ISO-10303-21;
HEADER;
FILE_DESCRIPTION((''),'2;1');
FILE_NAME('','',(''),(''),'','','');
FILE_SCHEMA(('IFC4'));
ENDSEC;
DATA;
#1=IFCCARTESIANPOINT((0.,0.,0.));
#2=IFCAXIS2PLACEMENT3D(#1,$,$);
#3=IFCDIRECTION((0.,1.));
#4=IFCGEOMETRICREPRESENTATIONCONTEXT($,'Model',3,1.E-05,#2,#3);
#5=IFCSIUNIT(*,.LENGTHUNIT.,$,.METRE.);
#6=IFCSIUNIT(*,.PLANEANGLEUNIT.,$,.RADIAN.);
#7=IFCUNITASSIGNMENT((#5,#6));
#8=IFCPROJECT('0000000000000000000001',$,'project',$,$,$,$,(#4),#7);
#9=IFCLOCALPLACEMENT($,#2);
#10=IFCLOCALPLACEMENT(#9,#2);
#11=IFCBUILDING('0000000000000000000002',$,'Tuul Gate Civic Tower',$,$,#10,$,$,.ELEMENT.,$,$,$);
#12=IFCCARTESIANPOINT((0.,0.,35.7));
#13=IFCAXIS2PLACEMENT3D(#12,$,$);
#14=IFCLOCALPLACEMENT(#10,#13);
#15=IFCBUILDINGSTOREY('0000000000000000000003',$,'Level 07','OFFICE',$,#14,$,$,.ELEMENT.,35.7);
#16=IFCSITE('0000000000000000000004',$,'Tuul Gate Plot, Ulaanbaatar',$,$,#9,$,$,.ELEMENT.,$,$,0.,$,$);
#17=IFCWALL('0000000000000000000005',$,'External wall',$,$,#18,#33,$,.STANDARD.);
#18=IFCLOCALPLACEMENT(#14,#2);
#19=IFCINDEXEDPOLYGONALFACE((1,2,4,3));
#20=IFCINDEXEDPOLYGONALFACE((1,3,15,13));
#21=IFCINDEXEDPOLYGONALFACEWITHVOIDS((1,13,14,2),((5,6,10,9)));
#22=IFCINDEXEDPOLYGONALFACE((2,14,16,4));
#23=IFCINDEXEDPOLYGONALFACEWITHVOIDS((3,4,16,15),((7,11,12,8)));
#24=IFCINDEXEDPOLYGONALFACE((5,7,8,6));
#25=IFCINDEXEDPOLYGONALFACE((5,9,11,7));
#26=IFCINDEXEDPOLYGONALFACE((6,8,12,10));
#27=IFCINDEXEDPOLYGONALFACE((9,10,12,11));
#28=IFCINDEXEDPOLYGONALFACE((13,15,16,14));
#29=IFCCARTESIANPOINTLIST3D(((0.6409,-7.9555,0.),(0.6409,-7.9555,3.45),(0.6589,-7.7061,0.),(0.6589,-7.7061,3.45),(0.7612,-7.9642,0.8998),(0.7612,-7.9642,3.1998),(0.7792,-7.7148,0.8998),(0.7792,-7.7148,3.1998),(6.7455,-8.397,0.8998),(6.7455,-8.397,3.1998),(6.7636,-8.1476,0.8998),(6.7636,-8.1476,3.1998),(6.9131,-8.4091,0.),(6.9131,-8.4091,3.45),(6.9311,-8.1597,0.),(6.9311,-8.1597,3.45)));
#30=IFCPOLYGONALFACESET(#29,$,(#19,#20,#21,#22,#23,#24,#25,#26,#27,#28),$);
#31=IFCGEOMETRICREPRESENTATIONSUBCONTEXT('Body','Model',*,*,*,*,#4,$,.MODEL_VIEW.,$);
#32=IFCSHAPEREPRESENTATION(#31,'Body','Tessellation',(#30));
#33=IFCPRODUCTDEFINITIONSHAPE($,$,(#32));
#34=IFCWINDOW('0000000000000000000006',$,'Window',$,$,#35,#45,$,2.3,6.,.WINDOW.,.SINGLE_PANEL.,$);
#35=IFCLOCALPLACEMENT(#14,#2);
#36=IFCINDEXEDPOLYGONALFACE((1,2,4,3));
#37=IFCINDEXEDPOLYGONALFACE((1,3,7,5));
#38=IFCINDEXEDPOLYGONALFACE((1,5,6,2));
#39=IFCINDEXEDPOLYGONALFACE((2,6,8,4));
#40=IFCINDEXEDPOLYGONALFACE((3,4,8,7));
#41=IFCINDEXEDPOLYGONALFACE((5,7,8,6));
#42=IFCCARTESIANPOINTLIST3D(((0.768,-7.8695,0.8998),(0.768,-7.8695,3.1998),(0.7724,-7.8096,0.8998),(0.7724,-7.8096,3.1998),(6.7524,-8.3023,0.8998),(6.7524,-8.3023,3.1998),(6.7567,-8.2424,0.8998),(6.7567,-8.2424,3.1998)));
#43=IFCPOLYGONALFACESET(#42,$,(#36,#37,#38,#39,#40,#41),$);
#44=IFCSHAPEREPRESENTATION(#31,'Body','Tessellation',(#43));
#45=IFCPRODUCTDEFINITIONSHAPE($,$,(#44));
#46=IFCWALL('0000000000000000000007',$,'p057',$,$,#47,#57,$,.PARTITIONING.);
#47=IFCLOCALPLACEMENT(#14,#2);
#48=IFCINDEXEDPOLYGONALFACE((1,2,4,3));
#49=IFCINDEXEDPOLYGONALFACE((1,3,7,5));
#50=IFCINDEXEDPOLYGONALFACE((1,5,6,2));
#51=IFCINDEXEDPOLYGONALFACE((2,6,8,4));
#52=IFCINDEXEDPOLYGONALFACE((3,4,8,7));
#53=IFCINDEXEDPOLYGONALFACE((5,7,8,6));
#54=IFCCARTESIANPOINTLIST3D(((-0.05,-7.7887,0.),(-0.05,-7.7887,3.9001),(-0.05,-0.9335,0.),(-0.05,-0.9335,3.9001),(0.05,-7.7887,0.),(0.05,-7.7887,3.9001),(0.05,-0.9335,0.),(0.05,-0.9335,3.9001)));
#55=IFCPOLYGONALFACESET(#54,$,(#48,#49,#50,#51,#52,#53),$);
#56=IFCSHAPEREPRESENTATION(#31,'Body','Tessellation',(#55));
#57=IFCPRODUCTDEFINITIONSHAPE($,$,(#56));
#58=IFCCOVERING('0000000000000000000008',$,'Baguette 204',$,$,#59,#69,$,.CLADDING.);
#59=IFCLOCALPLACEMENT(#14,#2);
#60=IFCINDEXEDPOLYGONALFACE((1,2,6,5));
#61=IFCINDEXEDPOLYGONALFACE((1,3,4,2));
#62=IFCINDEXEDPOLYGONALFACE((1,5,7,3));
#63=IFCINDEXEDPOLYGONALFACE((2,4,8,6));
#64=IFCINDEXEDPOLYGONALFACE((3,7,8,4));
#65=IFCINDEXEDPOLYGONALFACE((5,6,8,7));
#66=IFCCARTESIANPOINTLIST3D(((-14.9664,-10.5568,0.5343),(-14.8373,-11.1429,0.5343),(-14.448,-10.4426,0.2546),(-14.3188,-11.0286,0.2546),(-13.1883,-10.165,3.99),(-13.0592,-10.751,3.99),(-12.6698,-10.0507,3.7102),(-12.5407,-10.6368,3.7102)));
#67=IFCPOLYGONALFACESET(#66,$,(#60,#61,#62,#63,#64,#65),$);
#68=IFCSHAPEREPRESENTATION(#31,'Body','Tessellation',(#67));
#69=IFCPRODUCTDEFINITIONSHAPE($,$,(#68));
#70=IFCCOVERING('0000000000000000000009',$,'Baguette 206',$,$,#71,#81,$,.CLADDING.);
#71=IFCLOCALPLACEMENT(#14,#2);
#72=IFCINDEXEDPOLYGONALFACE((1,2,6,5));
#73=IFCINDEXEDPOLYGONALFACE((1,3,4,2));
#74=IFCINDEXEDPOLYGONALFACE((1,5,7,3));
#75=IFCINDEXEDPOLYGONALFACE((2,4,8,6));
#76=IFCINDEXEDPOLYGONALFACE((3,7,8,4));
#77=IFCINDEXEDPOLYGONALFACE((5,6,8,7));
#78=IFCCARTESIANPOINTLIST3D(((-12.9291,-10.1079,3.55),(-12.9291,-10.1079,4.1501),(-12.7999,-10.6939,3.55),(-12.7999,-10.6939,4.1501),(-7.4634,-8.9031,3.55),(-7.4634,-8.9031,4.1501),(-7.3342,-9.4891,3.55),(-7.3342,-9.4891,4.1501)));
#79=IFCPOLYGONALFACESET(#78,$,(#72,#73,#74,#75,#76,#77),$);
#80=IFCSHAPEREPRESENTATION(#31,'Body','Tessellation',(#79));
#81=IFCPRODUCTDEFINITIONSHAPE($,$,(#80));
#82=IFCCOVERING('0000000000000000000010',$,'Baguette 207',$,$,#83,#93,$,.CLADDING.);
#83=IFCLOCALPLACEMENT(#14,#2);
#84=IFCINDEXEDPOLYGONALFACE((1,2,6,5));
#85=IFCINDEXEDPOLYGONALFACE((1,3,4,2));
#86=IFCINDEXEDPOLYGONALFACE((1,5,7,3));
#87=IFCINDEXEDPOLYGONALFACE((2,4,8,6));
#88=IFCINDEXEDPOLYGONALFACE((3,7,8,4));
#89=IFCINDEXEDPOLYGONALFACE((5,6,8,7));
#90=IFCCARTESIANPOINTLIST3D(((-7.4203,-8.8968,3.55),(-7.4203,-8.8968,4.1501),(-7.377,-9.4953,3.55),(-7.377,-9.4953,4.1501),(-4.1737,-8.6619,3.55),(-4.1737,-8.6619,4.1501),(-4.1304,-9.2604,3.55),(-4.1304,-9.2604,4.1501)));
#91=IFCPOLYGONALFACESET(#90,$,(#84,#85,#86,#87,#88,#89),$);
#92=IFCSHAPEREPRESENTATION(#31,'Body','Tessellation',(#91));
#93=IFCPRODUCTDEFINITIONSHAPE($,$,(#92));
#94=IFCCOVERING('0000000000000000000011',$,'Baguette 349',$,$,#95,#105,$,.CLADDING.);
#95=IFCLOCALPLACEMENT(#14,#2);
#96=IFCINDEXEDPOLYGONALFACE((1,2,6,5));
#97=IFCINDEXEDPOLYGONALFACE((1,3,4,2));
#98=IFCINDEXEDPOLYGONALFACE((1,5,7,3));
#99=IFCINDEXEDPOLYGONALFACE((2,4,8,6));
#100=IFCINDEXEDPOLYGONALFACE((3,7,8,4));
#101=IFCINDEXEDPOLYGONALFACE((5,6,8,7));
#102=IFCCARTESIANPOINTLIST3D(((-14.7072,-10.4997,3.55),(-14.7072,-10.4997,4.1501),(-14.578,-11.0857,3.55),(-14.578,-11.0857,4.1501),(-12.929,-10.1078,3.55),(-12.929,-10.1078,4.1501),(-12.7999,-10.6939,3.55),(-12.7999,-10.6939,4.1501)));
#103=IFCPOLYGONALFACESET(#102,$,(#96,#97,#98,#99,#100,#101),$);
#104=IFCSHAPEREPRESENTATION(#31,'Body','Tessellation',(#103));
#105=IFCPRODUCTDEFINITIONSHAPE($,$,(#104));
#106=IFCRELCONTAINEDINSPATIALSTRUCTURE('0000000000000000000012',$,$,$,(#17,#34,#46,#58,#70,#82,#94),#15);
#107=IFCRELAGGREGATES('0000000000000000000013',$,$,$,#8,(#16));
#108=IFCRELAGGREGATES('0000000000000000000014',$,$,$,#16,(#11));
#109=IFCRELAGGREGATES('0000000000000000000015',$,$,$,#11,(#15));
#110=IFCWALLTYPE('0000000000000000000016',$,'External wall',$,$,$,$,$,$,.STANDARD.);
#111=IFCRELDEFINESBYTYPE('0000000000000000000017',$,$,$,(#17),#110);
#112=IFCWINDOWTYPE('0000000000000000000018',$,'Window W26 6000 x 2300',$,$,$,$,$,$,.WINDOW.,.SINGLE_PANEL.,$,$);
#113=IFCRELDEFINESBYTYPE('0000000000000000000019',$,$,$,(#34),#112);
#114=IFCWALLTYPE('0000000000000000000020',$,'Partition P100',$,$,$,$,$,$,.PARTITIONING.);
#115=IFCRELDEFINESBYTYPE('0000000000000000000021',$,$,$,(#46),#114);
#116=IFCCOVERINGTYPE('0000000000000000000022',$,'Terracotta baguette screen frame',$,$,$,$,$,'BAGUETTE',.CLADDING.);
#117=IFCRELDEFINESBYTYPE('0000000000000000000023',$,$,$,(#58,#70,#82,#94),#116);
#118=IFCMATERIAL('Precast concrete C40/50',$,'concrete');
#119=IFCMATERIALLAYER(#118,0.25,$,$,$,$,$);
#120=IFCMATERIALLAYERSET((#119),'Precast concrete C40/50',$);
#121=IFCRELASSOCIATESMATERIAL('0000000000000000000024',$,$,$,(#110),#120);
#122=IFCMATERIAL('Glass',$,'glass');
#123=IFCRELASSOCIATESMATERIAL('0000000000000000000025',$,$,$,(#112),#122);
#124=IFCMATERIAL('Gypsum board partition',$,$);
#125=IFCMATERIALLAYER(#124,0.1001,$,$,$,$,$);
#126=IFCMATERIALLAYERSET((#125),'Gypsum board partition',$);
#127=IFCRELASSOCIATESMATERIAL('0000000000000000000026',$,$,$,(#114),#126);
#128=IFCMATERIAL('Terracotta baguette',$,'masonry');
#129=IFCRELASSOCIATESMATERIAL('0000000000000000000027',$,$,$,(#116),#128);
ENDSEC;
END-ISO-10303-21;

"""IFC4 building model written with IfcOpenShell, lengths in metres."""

from ifc_helpers import new_model, si_unit, direction, frame, frame_2d, origin, origin_2d, place, context, subcontext, project, spatial, rectangle, extrude, material, layer, layer_set, material_profile, profile_set, type_object, element, fill, save


model = new_model("IFC4")

# Units and contexts
model_context = context("Model", 3, precision=1e-05, world=origin(), true_north=direction((0.0, 1.0)))
body_context = subcontext(model_context, "Body", "Model", "MODEL_VIEW")
ifc_project = project(units=[si_unit("LENGTHUNIT", "METRE"), si_unit("PLANEANGLEUNIT", "RADIAN")], contexts=[model_context])

# Site, building, storey
site_placement = place(None, origin())
site = spatial("IfcSite", under=ifc_project, at=site_placement, Name="Tuul Gate Plot, Ulaanbaatar", CompositionType="ELEMENT", RefElevation=0.0)
building_placement = place(site_placement, origin())
building = spatial("IfcBuilding", under=site, at=building_placement, Name="Tuul Gate Civic Tower", CompositionType="ELEMENT")
storey_placement = place(building_placement, frame((0.0, 0.0, 35.7)))
storey = spatial("IfcBuildingStorey", under=building, at=storey_placement, Name="Level 07", Description="OFFICE", CompositionType="ELEMENT", Elevation=35.7)

# Wall, opening, window
ifc_material_1 = material(Name="Precast concrete C40/50", Category="concrete")
ifc_layer_1 = layer(ifc_material_1, 0.25)
ifc_layer_set_1 = layer_set([ifc_layer_1], Name="Precast concrete C40/50")
wall_type_1 = type_object("IfcWallType", Name="External wall", PredefinedType="STANDARD", material=ifc_layer_set_1)
ifc_material_2 = material(Name="Glass", Category="glass")
window_type_1 = type_object("IfcWindowType", Name="Window W26 6000 x 2300", PartitioningType="SINGLE_PANEL", PredefinedType="WINDOW", material=ifc_material_2)
wall_1_placement = place(storey_placement, frame((0.6499, -7.8308, 0.0), z_axis=(0.0, 0.0, 1.0), x_axis=(0.997395, -0.072133, 0.0)))
wall_1 = element("IfcWall", 1, at=wall_1_placement, inside=storey, type_object=wall_type_1, Name="External wall", PredefinedType="STANDARD", context=body_context, shape_type="SweptSolid", body=[
    extrude(rectangle(XDim=6.2886, YDim=0.25, at=frame_2d((3.1443, 0.0))), origin(), (0.0, 0.0, 1.0), 3.45),
])
opening_1_placement = place(wall_1_placement, frame((0.1206, 0.0, 0.8999)))
opening_1 = element("IfcOpeningElement", 2, at=opening_1_placement, cuts=wall_1, PredefinedType="OPENING", context=body_context, shape_type="SweptSolid", body=[
    extrude(rectangle(XDim=6.0, YDim=2.3, at=frame_2d((3.0, 1.1499))), frame((0.0, 0.135, 0.0), z_axis=(0.0, -1.0, 0.0), x_axis=(1.0, 0.0, 0.0)), (0.0, 0.0, 1.0), 0.27),
])
window_1_placement = place(opening_1_placement, origin())
window_1 = element("IfcWindow", 3, at=window_1_placement, inside=storey, type_object=window_type_1, Name="Window", OverallHeight=2.3, OverallWidth=6.0, PartitioningType="SINGLE_PANEL", PredefinedType="WINDOW", context=body_context, shape_type="SweptSolid", body=[
    extrude(rectangle(XDim=6.0, YDim=2.3, at=frame_2d((3.0, 1.1499))), frame((0.0, 0.03, 0.0), z_axis=(0.0, -1.0, 0.0), x_axis=(1.0, 0.0, 0.0)), (0.0, 0.0, 1.0), 0.0601),
])
fill(opening_1, window_1)

# Wall
ifc_material_3 = material(Name="Gypsum board partition")
ifc_layer_2 = layer(ifc_material_3, 0.1001)
ifc_layer_set_2 = layer_set([ifc_layer_2], Name="Gypsum board partition")
wall_type_2 = type_object("IfcWallType", Name="Partition P100", PredefinedType="PARTITIONING", material=ifc_layer_set_2)
wall_2_placement = place(storey_placement, frame((0.0, -7.7888, 0.0), z_axis=(0.0, 0.0, 1.0), x_axis=(0.0, 1.0, 0.0)))
element("IfcWall", 4, at=wall_2_placement, inside=storey, type_object=wall_type_2, Name="p057", PredefinedType="PARTITIONING", context=body_context, shape_type="SweptSolid", body=[
    extrude(rectangle(XDim=6.8552, YDim=0.1001, at=frame_2d((3.4277, 0.0))), origin(), (0.0, 0.0, 1.0), 3.9001),
])

# Coverings
ifc_material_4 = material(Name="Terracotta baguette", Category="masonry")
ifc_material_profile_1 = material_profile(ifc_material_4, rectangle(XDim=0.6001, YDim=0.6001, at=origin_2d()), Name="Terracotta baguette screen frame")
ifc_profile_set_1 = profile_set([ifc_material_profile_1], Name="Terracotta baguette")
covering_type = type_object("IfcCoveringType", Name="Terracotta baguette screen frame", ElementType="BAGUETTE", PredefinedType="CLADDING", material=ifc_profile_set_1)
covering_1_placement = place(storey_placement, frame((-12.8645, -10.4009, 3.8501), z_axis=(-0.455229, -0.100322, -0.884705), x_axis=(0.215212, -0.976567, 0.0)))
element("IfcCovering", 5, at=covering_1_placement, inside=storey, type_object=covering_type, Name="Baguette 204", PredefinedType="CLADDING", context=body_context, shape_type="SweptSolid", body=[
    extrude(rectangle(XDim=0.6001, YDim=0.6001, at=origin_2d()), origin(), (0.0, 0.0, 1.0), 3.906),
])
covering_2_placement = place(storey_placement, frame((-12.8645, -10.4009, 3.8501), z_axis=(0.976556, 0.215263, 0.0), x_axis=(-0.215263, 0.976556, 0.0)))
element("IfcCovering", 6, at=covering_2_placement, inside=storey, type_object=covering_type, Name="Baguette 206", PredefinedType="CLADDING", context=body_context, shape_type="SweptSolid", body=[
    extrude(rectangle(XDim=0.6001, YDim=0.6001, at=origin_2d()), origin(), (0.0, 0.0, 1.0), 5.5969),
])
covering_3_placement = place(storey_placement, frame((-7.3987, -9.196, 3.8501), z_axis=(0.997394, 0.072153, 0.0), x_axis=(-0.072153, 0.997394, 0.0)))
element("IfcCovering", 7, at=covering_3_placement, inside=storey, type_object=covering_type, Name="Baguette 207", PredefinedType="CLADDING", context=body_context, shape_type="SweptSolid", body=[
    extrude(rectangle(XDim=0.6001, YDim=0.6001, at=origin_2d()), origin(), (0.0, 0.0, 1.0), 3.2551),
])
covering_4_placement = place(storey_placement, frame((-14.6426, -10.7927, 3.8501), z_axis=(0.976567, 0.215212, 0.0), x_axis=(-0.215212, 0.976567, 0.0)))
element("IfcCovering", 8, at=covering_4_placement, inside=storey, type_object=covering_type, Name="Baguette 349", PredefinedType="CLADDING", context=body_context, shape_type="SweptSolid", body=[
    extrude(rectangle(XDim=0.6001, YDim=0.6001, at=origin_2d()), origin(), (0.0, 0.0, 1.0), 1.8208),
])

save(model, "model.ifc")
